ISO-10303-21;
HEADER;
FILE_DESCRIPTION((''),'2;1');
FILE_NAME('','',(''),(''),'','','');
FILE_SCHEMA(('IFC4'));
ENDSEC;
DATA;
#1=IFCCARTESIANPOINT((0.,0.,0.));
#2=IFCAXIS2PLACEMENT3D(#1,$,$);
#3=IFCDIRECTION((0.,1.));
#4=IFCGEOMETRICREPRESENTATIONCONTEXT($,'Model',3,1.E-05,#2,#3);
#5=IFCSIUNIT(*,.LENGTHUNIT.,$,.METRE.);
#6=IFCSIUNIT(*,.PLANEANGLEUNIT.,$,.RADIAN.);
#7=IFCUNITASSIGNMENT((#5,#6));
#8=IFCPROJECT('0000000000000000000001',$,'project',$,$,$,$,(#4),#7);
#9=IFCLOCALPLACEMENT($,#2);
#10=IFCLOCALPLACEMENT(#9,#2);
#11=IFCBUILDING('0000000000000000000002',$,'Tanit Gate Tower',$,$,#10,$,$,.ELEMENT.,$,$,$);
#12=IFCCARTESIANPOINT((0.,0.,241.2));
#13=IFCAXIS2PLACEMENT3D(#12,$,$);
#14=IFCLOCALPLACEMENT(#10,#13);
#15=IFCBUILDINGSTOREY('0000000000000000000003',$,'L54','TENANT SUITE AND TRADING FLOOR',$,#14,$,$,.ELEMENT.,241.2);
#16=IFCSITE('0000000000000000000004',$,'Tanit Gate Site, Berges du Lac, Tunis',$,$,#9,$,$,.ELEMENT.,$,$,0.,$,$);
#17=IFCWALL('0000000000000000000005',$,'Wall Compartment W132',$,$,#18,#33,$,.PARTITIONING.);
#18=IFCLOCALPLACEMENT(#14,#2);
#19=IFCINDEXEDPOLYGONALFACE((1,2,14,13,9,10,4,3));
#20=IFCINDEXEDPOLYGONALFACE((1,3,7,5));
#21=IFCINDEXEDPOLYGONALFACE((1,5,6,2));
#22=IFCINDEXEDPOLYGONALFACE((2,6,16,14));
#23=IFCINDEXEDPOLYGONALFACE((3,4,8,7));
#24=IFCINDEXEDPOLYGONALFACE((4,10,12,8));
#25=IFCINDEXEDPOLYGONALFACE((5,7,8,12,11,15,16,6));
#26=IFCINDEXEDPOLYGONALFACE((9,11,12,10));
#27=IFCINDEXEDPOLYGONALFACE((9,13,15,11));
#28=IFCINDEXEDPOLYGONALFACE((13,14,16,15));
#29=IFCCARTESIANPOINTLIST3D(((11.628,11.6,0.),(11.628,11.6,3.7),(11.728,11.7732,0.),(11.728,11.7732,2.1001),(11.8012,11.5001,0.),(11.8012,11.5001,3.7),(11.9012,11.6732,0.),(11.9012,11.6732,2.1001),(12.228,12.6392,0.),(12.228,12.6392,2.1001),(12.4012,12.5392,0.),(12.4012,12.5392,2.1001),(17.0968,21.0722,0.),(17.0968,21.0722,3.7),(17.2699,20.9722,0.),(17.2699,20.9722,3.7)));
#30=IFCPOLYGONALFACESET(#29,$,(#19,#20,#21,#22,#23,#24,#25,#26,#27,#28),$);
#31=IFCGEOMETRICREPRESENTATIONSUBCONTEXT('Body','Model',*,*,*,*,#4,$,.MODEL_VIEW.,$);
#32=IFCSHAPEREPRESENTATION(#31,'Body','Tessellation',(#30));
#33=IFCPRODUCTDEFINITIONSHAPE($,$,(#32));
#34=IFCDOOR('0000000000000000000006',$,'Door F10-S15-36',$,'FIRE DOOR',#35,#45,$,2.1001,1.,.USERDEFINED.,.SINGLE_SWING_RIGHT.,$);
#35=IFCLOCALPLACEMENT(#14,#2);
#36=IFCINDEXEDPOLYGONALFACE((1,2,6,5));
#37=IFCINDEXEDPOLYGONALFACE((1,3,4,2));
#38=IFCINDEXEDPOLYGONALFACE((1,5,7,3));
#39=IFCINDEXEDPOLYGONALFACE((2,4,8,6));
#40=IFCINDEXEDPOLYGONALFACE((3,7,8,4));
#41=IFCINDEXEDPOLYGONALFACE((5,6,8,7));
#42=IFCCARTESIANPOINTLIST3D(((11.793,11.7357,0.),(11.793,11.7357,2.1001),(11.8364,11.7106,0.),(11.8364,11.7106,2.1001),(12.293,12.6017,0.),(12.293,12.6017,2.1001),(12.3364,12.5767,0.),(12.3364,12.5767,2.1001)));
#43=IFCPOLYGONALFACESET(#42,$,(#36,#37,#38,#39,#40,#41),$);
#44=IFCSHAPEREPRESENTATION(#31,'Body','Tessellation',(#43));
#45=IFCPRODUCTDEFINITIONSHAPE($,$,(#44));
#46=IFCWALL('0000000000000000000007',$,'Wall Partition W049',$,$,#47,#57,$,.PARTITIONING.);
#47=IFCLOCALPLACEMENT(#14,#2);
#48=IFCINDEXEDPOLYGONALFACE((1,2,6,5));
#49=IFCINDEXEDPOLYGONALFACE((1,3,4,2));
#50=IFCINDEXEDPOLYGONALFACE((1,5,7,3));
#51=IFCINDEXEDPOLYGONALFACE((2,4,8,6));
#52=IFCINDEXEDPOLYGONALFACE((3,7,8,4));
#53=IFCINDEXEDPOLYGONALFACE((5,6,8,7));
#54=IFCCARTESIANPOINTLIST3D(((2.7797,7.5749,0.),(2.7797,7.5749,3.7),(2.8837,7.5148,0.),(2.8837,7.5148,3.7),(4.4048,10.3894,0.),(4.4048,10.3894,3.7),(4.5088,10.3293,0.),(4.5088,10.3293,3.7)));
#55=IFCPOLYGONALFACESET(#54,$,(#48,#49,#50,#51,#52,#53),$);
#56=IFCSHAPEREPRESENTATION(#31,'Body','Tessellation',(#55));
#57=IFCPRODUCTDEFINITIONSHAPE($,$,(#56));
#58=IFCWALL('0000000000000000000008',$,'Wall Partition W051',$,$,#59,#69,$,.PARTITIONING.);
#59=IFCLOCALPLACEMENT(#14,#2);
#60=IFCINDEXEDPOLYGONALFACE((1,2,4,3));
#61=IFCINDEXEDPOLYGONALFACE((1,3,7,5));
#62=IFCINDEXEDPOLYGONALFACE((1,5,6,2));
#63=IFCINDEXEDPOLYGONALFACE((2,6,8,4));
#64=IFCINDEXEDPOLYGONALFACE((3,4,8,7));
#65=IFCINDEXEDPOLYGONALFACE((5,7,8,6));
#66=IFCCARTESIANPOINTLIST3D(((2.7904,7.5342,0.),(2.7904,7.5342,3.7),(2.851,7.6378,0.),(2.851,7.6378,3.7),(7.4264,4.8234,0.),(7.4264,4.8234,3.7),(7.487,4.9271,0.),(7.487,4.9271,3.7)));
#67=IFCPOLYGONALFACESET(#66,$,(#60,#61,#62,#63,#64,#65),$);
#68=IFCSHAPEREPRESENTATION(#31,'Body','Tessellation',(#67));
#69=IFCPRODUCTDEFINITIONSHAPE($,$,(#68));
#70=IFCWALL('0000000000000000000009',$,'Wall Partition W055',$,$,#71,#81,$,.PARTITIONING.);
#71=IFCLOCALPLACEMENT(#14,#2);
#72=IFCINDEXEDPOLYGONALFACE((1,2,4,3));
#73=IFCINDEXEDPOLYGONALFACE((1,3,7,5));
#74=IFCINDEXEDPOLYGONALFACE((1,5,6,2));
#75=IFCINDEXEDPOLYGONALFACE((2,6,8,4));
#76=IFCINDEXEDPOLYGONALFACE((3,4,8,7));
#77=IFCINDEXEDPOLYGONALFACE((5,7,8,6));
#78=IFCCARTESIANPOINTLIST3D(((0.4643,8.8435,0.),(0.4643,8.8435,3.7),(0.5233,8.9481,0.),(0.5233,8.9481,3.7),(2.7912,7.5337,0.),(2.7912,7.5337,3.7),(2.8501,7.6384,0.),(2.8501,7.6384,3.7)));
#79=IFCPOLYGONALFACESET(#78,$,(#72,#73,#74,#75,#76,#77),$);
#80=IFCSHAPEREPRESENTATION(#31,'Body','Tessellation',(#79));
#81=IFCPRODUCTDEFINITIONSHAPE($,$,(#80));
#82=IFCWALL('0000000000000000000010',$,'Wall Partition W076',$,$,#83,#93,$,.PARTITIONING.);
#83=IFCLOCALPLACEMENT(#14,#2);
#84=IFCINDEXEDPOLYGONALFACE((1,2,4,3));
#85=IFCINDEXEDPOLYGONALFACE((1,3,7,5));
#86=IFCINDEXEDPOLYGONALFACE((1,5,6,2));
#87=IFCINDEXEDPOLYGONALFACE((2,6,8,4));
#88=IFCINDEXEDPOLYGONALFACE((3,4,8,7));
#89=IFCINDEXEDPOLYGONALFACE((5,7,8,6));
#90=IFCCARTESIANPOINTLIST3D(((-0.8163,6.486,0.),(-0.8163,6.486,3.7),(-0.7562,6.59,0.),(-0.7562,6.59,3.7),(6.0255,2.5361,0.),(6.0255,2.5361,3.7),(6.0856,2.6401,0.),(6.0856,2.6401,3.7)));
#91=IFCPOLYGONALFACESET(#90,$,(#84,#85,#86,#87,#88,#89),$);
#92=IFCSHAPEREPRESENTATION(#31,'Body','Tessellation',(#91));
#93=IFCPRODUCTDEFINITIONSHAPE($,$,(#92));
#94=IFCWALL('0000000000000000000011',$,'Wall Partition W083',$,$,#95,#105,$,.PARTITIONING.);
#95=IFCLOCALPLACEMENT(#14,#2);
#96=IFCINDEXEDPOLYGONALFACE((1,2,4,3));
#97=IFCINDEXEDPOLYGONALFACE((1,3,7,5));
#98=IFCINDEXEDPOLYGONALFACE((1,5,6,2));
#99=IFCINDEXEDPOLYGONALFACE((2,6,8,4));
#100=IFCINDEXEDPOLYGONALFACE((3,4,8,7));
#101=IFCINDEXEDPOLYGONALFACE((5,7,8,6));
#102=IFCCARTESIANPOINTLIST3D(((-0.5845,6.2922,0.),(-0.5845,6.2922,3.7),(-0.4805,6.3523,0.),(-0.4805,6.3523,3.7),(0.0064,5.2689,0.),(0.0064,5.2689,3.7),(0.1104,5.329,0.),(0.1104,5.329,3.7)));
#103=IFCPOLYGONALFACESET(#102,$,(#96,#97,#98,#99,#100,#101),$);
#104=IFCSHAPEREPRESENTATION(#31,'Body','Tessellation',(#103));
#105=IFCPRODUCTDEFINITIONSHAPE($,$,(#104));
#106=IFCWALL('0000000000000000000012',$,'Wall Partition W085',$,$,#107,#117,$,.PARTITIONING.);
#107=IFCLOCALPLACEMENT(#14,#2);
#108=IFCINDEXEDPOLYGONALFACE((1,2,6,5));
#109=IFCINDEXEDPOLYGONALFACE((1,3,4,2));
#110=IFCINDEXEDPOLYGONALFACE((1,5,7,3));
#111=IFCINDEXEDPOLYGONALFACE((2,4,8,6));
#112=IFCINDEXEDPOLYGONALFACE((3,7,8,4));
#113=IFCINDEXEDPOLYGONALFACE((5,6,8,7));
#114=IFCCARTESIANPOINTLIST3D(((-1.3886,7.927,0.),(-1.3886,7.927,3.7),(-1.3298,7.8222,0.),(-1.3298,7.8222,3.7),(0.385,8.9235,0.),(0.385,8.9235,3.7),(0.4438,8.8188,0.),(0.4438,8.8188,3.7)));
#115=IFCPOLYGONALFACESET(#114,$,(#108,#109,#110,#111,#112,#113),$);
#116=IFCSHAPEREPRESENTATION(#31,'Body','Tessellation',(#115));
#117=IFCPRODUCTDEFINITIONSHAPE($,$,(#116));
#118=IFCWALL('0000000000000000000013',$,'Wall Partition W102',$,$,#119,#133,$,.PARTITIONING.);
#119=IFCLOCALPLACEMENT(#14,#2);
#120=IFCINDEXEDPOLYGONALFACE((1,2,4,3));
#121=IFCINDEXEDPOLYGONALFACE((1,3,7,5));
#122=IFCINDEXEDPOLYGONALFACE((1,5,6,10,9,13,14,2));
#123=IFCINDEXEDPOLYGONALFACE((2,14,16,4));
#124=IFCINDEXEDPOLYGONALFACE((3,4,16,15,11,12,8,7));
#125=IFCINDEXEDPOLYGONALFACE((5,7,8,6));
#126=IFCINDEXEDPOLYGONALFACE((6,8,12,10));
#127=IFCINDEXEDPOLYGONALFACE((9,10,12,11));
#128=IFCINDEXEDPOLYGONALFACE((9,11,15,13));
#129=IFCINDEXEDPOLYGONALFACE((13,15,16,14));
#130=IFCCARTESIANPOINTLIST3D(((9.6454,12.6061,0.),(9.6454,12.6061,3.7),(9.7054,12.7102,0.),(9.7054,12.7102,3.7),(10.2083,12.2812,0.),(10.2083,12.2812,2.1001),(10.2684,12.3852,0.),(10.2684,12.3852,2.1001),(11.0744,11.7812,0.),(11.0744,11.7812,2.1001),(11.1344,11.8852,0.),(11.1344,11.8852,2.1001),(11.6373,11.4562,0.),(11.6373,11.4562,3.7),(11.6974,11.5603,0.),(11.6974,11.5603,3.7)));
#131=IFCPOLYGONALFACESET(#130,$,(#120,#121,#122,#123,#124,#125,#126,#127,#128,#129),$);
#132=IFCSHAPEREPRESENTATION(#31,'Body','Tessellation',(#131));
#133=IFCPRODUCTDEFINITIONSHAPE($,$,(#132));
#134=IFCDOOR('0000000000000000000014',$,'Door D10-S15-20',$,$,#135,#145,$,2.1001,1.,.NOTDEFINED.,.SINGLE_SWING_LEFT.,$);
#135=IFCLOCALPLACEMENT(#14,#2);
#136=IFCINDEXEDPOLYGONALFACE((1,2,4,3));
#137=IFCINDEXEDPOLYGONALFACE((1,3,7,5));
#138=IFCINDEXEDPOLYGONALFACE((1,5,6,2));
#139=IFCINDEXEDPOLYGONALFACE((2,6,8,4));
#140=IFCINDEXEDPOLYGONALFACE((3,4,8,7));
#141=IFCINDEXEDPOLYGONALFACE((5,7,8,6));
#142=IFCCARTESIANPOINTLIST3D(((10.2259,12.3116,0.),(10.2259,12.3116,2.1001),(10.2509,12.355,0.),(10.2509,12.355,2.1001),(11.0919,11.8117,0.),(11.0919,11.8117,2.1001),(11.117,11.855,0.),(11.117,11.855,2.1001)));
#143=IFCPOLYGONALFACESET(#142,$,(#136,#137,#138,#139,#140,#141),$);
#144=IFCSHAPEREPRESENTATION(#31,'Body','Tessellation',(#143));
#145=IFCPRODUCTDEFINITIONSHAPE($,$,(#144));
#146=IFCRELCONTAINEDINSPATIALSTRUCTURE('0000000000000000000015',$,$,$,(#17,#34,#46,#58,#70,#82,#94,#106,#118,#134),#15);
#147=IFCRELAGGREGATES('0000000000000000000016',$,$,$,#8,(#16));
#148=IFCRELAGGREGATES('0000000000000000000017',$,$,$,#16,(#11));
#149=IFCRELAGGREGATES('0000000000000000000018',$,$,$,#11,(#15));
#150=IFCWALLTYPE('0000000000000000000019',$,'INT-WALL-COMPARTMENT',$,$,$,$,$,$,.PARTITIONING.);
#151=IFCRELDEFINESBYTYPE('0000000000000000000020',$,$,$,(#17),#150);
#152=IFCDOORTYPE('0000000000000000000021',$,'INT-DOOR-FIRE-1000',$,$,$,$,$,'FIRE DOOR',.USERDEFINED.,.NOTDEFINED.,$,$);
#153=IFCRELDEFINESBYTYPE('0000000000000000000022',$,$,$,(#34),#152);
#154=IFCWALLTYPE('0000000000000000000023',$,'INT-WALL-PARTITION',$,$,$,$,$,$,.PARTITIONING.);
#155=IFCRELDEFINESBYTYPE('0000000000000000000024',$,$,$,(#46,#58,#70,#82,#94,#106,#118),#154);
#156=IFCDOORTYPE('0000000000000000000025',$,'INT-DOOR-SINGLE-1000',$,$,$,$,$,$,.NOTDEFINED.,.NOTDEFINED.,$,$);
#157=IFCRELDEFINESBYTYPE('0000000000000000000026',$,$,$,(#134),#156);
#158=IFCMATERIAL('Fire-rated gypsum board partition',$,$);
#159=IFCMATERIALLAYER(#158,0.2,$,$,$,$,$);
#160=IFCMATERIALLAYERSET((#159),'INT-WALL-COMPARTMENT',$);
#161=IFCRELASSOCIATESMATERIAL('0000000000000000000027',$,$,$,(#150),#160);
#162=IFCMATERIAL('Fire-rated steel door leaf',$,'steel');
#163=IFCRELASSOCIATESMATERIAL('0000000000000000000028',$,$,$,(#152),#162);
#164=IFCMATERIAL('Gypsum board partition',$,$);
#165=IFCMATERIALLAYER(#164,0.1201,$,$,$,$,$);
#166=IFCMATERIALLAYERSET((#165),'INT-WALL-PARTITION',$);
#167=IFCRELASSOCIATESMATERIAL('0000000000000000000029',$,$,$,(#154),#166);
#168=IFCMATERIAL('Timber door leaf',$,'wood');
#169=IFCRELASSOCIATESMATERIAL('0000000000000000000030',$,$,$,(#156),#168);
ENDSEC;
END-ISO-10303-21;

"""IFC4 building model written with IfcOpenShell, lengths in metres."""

from ifc_helpers import new_model, si_unit, direction, frame, frame_2d, origin, place, context, subcontext, project, spatial, rectangle, extrude, material, layer, layer_set, type_object, element, fill, save


model = new_model("IFC4")

# Units and contexts
model_context = context("Model", 3, precision=1e-05, world=origin(), true_north=direction((0.0, 1.0)))
body_context = subcontext(model_context, "Body", "Model", "MODEL_VIEW")
ifc_project = project(units=[si_unit("LENGTHUNIT", "METRE"), si_unit("PLANEANGLEUNIT", "RADIAN")], contexts=[model_context])

# Site, building, storey
site_placement = place(None, origin())
site = spatial("IfcSite", under=ifc_project, at=site_placement, Name="Tanit Gate Site, Berges du Lac, Tunis", CompositionType="ELEMENT", RefElevation=0.0)
building_placement = place(site_placement, origin())
building = spatial("IfcBuilding", under=site, at=building_placement, Name="Tanit Gate Tower", CompositionType="ELEMENT")
storey_placement = place(building_placement, frame((0.0, 0.0, 241.2)))
storey = spatial("IfcBuildingStorey", under=building, at=storey_placement, Name="L54", Description="TENANT SUITE AND TRADING FLOOR", CompositionType="ELEMENT", Elevation=241.2)

# Wall, opening, door
ifc_material_1 = material(Name="Fire-rated gypsum board partition")
ifc_layer_1 = layer(ifc_material_1, 0.2)
ifc_layer_set_1 = layer_set([ifc_layer_1], Name="INT-WALL-COMPARTMENT")
wall_type_1 = type_object("IfcWallType", Name="INT-WALL-COMPARTMENT", PredefinedType="PARTITIONING", material=ifc_layer_set_1)
ifc_material_2 = material(Name="Fire-rated steel door leaf", Category="steel")
door_type_1 = type_object("IfcDoorType", Name="INT-DOOR-FIRE-1000", ElementType="FIRE DOOR", OperationType="NOTDEFINED", PredefinedType="USERDEFINED", material=ifc_material_2)
wall_1_placement = place(storey_placement, frame((11.7146, 11.55, 0.0), z_axis=(0.0, 0.0, 1.0), x_axis=(0.499999, 0.866026, 0.0)))
wall_1 = element("IfcWall", 1, at=wall_1_placement, inside=storey, type_object=wall_type_1, Name="Wall Compartment W132", PredefinedType="PARTITIONING", context=body_context, shape_type="SweptSolid", body=[
    extrude(rectangle(XDim=10.9375, YDim=0.2, at=frame_2d((5.4688, 0.0))), origin(), (0.0, 0.0, 1.0), 3.7),
])
opening_1_placement = place(wall_1_placement, frame((0.2, 0.0, 0.0)))
opening_1 = element("IfcOpeningElement", 2, at=opening_1_placement, cuts=wall_1, PredefinedType="OPENING", context=body_context, shape_type="SweptSolid", body=[
    extrude(rectangle(XDim=1.0, YDim=2.1001, at=frame_2d((0.5, 1.05))), frame((0.0, 0.1099, 0.0), z_axis=(0.0, -1.0, 0.0), x_axis=(1.0, 0.0, 0.0)), (0.0, 0.0, 1.0), 0.22),
])
door_1_placement = place(opening_1_placement, origin())
door_1 = element("IfcDoor", 3, at=door_1_placement, inside=storey, type_object=door_type_1, Name="Door F10-S15-36", ObjectType="FIRE DOOR", OperationType="SINGLE_SWING_RIGHT", OverallHeight=2.1001, OverallWidth=1.0, PredefinedType="USERDEFINED", context=body_context, shape_type="SweptSolid", body=[
    extrude(rectangle(XDim=1.0, YDim=2.1001, at=frame_2d((0.5, 1.05))), frame((0.0, 0.0249, 0.0), z_axis=(0.0, -1.0, 0.0), x_axis=(1.0, 0.0, 0.0)), (0.0, 0.0, 1.0), 0.05),
])
fill(opening_1, door_1)

# Walls
ifc_material_3 = material(Name="Gypsum board partition")
ifc_layer_2 = layer(ifc_material_3, 0.1201)
ifc_layer_set_2 = layer_set([ifc_layer_2], Name="INT-WALL-PARTITION")
wall_type_2 = type_object("IfcWallType", Name="INT-WALL-PARTITION", PredefinedType="PARTITIONING", material=ifc_layer_set_2)
wall_2_placement = place(storey_placement, frame((4.4568, 10.3594, 0.0), z_axis=(0.0, 0.0, 1.0), x_axis=(-0.500017, -0.866015, 0.0)))
element("IfcWall", 4, at=wall_2_placement, inside=storey, type_object=wall_type_2, Name="Wall Partition W049", PredefinedType="PARTITIONING", context=body_context, shape_type="SweptSolid", body=[
    extrude(rectangle(XDim=3.25, YDim=0.1201, at=frame_2d((1.625, 0.0))), origin(), (0.0, 0.0, 1.0), 3.7),
])
wall_3_placement = place(storey_placement, frame((2.8208, 7.5859, 0.0), z_axis=(0.0, 0.0, 1.0), x_axis=(0.863262, -0.504755, 0.0)))
element("IfcWall", 5, at=wall_3_placement, inside=storey, type_object=wall_type_2, Name="Wall Partition W051", PredefinedType="PARTITIONING", context=body_context, shape_type="SweptSolid", body=[
    extrude(rectangle(XDim=5.3704, YDim=0.1201, at=frame_2d((2.6851, 0.0))), origin(), (0.0, 0.0, 1.0), 3.7),
])
wall_4_placement = place(storey_placement, frame((0.4939, 8.8958, 0.0), z_axis=(0.0, 0.0, 1.0), x_axis=(0.871427, -0.490526, 0.0)))
element("IfcWall", 6, at=wall_4_placement, inside=storey, type_object=wall_type_2, Name="Wall Partition W055", PredefinedType="PARTITIONING", context=body_context, shape_type="SweptSolid", body=[
    extrude(rectangle(XDim=2.6702, YDim=0.1201, at=frame_2d((1.335, 0.0))), origin(), (0.0, 0.0, 1.0), 3.7),
])
wall_5_placement = place(storey_placement, frame((-0.7864, 6.5381, 0.0), z_axis=(0.0, 0.0, 1.0), x_axis=(0.866034, -0.499985, 0.0)))
element("IfcWall", 7, at=wall_5_placement, inside=storey, type_object=wall_type_2, Name="Wall Partition W076", PredefinedType="PARTITIONING", context=body_context, shape_type="SweptSolid", body=[
    extrude(rectangle(XDim=7.9001, YDim=0.1201, at=frame_2d((3.9502, 0.0))), origin(), (0.0, 0.0, 1.0), 3.7),
])
wall_6_placement = place(storey_placement, frame((-0.5325, 6.3223, 0.0), z_axis=(0.0, 0.0, 1.0), x_axis=(0.50005, -0.865996, 0.0)))
element("IfcWall", 8, at=wall_6_placement, inside=storey, type_object=wall_type_2, Name="Wall Partition W083", PredefinedType="PARTITIONING", context=body_context, shape_type="SweptSolid", body=[
    extrude(rectangle(XDim=1.1816, YDim=0.1201, at=frame_2d((0.5908, 0.0))), origin(), (0.0, 0.0, 1.0), 3.7),
])
wall_7_placement = place(storey_placement, frame((0.4143, 8.8711, 0.0), z_axis=(0.0, 0.0, 1.0), x_axis=(-0.871809, -0.489845, 0.0)))
element("IfcWall", 9, at=wall_7_placement, inside=storey, type_object=wall_type_2, Name="Wall Partition W085", PredefinedType="PARTITIONING", context=body_context, shape_type="SweptSolid", body=[
    extrude(rectangle(XDim=2.0344, YDim=0.1201, at=frame_2d((1.0171, 0.0))), origin(), (0.0, 0.0, 1.0), 3.7),
])

# Wall, opening, door
wall_8_placement = place(storey_placement, frame((11.6672, 11.5083, 0.0), z_axis=(0.0, 0.0, 1.0), x_axis=(-0.866053, 0.499952, 0.0)))
wall_8 = element("IfcWall", 10, at=wall_8_placement, inside=storey, type_object=wall_type_2, Name="Wall Partition W102", PredefinedType="PARTITIONING", context=body_context, shape_type="SweptSolid", body=[
    extrude(rectangle(XDim=2.3, YDim=0.1201, at=frame_2d((1.1499, 0.0))), origin(), (0.0, 0.0, 1.0), 3.7),
])
opening_2_placement = place(wall_8_placement, frame((0.6499, 0.0, 0.0)))
opening_2 = element("IfcOpeningElement", 11, at=opening_2_placement, cuts=wall_8, PredefinedType="OPENING", context=body_context, shape_type="SweptSolid", body=[
    extrude(rectangle(XDim=1.0, YDim=2.1001, at=frame_2d((0.5, 1.05))), frame((0.0, 0.0701, 0.0), z_axis=(0.0, -1.0, 0.0), x_axis=(1.0, 0.0, 0.0)), (0.0, 0.0, 1.0), 0.1401),
])
ifc_material_4 = material(Name="Timber door leaf", Category="wood")
door_type_2 = type_object("IfcDoorType", Name="INT-DOOR-SINGLE-1000", OperationType="NOTDEFINED", PredefinedType="NOTDEFINED", material=ifc_material_4)
door_2_placement = place(opening_2_placement, origin())
door_2 = element("IfcDoor", 12, at=door_2_placement, inside=storey, type_object=door_type_2, Name="Door D10-S15-20", OperationType="SINGLE_SWING_LEFT", OverallHeight=2.1001, OverallWidth=1.0, PredefinedType="NOTDEFINED", context=body_context, shape_type="SweptSolid", body=[
    extrude(rectangle(XDim=1.0, YDim=2.1001, at=frame_2d((0.5, 1.05))), frame((0.0, 0.0249, 0.0), z_axis=(0.0, -1.0, 0.0), x_axis=(1.0, 0.0, 0.0)), (0.0, 0.0, 1.0), 0.05),
])
fill(opening_2, door_2)

save(model, "model.ifc")
